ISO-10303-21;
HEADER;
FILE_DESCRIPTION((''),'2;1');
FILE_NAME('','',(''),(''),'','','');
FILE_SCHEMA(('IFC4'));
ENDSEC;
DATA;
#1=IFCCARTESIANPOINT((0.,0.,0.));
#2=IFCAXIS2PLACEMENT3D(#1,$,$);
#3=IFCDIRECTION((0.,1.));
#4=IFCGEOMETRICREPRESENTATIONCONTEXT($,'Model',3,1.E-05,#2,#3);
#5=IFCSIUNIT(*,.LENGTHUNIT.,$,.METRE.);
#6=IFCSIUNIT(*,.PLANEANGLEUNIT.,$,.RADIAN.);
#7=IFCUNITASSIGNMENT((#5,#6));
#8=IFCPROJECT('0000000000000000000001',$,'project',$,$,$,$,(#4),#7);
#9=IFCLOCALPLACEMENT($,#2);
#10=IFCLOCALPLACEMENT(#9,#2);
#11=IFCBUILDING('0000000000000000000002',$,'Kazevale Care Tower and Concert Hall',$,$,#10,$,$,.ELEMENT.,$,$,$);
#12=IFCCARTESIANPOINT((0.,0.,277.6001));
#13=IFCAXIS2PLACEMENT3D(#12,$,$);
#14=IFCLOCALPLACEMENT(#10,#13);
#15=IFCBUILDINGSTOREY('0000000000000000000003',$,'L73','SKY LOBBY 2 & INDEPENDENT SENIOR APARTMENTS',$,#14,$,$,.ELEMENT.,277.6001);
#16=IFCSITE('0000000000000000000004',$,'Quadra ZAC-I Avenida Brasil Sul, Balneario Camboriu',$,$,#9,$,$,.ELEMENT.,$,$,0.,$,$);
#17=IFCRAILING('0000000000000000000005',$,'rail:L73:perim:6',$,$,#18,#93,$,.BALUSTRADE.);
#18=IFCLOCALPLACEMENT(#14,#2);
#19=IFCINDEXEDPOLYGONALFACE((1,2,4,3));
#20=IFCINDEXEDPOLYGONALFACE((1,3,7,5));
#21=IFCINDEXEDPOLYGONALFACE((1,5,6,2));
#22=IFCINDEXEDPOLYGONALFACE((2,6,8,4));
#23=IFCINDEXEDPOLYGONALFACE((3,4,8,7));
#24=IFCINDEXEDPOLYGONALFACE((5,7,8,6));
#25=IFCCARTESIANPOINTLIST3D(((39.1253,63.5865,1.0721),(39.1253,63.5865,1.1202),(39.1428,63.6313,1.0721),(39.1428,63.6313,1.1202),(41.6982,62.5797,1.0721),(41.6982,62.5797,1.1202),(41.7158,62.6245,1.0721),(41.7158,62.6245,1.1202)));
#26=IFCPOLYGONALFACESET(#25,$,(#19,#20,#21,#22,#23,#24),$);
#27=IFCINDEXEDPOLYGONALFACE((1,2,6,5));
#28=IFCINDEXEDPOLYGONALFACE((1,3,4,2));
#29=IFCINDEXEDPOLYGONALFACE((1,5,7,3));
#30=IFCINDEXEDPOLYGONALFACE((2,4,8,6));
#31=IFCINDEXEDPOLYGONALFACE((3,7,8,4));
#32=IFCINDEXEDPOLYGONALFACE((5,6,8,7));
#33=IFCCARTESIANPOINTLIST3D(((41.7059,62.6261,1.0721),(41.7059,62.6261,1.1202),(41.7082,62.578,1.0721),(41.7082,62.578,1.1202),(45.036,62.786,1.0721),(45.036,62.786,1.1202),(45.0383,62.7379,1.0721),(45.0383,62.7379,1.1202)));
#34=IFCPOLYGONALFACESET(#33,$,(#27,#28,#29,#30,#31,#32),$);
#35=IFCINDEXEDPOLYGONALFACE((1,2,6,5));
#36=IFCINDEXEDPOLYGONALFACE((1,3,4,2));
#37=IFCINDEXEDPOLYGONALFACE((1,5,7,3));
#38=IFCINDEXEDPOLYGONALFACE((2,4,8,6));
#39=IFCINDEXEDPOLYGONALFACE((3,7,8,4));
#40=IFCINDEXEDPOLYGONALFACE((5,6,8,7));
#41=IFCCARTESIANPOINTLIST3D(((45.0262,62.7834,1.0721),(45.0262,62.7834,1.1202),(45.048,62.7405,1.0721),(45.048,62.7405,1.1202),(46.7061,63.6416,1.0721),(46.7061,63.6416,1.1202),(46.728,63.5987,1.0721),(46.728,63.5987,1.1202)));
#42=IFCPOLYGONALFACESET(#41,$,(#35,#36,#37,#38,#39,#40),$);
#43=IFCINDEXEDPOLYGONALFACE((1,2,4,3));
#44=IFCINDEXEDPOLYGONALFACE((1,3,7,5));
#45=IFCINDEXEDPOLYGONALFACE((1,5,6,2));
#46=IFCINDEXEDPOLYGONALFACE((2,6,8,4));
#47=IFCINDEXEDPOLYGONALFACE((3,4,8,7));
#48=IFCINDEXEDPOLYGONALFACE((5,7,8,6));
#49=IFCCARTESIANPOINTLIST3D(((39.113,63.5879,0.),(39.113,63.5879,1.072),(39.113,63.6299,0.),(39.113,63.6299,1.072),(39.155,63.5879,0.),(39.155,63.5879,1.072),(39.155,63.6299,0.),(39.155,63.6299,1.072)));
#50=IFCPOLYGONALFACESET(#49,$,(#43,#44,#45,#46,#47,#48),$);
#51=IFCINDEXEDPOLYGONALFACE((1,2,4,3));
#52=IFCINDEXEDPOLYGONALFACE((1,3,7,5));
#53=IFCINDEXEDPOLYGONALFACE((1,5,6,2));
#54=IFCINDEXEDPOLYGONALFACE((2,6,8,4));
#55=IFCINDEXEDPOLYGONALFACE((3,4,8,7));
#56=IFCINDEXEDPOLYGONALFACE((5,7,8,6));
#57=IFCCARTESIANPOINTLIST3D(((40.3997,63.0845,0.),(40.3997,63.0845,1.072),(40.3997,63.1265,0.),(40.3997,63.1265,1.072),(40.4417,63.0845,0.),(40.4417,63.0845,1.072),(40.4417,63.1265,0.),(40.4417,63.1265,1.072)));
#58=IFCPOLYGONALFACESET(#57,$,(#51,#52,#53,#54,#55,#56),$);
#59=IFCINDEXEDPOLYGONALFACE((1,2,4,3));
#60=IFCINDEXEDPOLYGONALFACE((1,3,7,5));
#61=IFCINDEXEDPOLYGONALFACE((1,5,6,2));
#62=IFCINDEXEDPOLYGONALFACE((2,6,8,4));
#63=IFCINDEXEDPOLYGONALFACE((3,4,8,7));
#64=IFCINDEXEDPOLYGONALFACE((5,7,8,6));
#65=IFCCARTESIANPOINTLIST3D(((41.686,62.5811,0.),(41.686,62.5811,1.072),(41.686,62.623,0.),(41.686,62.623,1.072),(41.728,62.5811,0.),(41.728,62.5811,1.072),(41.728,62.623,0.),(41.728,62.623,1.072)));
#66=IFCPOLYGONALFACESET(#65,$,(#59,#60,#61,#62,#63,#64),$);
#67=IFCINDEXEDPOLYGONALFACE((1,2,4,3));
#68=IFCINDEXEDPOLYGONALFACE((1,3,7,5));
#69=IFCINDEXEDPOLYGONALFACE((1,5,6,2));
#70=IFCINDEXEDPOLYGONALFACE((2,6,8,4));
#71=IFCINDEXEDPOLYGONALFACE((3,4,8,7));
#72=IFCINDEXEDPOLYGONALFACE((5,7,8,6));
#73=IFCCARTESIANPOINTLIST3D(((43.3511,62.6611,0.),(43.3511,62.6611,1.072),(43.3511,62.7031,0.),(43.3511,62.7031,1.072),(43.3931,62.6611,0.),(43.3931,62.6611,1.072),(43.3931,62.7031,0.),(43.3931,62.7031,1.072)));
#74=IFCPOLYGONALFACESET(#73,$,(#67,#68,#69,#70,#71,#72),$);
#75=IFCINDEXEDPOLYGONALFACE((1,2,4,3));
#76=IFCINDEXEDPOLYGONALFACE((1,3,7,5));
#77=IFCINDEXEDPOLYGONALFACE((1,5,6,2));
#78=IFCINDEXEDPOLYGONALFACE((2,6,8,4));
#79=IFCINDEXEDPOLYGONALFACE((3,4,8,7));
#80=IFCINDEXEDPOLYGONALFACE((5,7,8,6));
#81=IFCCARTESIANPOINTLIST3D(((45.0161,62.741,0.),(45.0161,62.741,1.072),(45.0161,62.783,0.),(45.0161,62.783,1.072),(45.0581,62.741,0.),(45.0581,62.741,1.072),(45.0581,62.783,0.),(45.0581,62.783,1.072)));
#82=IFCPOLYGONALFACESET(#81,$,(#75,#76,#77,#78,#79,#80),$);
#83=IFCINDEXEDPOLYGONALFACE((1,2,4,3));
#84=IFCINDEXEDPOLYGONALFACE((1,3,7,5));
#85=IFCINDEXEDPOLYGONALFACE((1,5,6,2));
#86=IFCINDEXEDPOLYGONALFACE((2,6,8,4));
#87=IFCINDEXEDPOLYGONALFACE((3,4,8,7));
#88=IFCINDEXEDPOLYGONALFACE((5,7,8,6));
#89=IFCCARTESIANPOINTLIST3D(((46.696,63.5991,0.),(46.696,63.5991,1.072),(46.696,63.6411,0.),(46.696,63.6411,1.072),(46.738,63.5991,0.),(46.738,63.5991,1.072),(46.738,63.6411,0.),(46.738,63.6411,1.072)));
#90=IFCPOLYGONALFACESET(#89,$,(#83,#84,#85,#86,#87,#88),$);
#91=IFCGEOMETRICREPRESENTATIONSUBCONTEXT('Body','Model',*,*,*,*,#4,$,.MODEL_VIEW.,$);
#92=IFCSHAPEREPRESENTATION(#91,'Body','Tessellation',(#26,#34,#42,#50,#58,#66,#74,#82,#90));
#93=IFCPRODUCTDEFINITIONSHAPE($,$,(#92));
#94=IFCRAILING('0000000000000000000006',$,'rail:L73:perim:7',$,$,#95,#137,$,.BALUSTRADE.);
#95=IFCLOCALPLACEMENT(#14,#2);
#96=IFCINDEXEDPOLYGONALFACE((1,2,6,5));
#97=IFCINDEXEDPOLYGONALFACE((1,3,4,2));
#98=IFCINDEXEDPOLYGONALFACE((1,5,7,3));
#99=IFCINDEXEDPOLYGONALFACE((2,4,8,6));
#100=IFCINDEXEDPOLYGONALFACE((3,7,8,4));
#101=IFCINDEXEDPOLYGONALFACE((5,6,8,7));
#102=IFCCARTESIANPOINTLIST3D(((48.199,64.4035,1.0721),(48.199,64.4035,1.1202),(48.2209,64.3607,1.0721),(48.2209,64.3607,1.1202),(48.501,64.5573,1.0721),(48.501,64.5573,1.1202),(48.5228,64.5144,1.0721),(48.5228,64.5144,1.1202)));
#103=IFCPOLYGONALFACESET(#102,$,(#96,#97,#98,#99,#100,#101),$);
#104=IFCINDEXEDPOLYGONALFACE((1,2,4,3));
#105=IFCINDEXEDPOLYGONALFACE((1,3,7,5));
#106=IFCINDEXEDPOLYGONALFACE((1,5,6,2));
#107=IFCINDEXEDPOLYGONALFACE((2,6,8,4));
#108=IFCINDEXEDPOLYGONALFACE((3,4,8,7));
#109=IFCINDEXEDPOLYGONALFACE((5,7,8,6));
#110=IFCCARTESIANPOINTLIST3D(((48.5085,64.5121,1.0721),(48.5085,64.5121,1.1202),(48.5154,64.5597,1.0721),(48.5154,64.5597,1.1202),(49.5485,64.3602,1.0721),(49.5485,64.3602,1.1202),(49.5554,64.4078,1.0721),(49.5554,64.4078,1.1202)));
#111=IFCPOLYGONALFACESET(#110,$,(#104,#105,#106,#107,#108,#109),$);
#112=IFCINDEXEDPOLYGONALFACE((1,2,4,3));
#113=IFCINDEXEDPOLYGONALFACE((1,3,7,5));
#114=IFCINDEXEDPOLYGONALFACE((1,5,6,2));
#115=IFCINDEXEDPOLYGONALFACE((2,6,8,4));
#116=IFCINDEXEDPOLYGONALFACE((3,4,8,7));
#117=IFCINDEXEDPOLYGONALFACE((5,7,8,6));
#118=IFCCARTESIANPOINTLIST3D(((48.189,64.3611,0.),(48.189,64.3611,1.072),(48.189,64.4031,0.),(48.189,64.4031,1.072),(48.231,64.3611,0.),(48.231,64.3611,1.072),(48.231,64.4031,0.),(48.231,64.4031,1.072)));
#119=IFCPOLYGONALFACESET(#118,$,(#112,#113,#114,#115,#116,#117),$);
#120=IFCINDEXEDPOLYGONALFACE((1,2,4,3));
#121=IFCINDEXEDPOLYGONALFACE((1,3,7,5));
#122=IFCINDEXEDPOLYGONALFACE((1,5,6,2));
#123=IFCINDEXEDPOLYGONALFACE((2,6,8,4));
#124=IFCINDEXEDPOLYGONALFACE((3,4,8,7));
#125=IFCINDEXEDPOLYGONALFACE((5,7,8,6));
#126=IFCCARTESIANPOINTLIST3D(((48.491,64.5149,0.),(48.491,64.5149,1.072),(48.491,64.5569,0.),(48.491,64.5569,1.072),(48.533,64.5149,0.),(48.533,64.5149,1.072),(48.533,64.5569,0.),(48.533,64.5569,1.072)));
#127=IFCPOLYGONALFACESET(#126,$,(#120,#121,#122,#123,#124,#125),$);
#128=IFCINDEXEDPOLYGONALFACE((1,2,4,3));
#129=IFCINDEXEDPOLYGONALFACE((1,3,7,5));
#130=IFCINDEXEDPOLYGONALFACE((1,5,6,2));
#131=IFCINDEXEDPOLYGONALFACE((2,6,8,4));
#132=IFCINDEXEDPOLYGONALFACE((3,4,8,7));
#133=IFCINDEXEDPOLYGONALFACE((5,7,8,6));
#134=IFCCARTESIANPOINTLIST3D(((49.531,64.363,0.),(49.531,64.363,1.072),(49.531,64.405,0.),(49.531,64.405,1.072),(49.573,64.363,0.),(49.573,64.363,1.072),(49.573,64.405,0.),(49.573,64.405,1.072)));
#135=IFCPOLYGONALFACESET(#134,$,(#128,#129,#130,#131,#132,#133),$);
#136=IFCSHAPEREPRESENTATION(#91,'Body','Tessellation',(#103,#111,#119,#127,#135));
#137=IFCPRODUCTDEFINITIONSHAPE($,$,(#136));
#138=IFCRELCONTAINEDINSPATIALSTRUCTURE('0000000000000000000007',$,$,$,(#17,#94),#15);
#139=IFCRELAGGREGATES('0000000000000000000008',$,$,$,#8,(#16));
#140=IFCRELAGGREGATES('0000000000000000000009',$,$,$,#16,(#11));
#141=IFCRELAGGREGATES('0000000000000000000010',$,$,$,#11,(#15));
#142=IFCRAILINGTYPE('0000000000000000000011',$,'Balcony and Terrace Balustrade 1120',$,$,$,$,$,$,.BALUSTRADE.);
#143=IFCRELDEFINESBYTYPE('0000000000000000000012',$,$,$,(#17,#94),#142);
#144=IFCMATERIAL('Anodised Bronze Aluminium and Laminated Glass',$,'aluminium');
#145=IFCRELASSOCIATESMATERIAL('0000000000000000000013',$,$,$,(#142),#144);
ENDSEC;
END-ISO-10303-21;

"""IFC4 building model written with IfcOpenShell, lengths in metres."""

from ifc_helpers import new_model, si_unit, direction, frame, origin, origin_2d, place, context, subcontext, project, spatial, rectangle, extrude, material, type_object, element, save


model = new_model("IFC4")

# Units and contexts
model_context = context("Model", 3, precision=1e-05, world=origin(), true_north=direction((0.0, 1.0)))
body_context = subcontext(model_context, "Body", "Model", "MODEL_VIEW")
ifc_project = project(units=[si_unit("LENGTHUNIT", "METRE"), si_unit("PLANEANGLEUNIT", "RADIAN")], contexts=[model_context])

# Site, building, storey
site_placement = place(None, origin())
site = spatial("IfcSite", under=ifc_project, at=site_placement, Name="Quadra ZAC-I Avenida Brasil Sul, Balneario Camboriu", CompositionType="ELEMENT", RefElevation=0.0)
building_placement = place(site_placement, origin())
building = spatial("IfcBuilding", under=site, at=building_placement, Name="Kazevale Care Tower and Concert Hall", CompositionType="ELEMENT")
storey_placement = place(building_placement, frame((0.0, 0.0, 277.6001)))
storey = spatial("IfcBuildingStorey", under=building, at=storey_placement, Name="L73", Description="SKY LOBBY 2 & INDEPENDENT SENIOR APARTMENTS", CompositionType="ELEMENT", Elevation=277.6001)

# Railings
ifc_material_1 = material(Name="Anodised Bronze Aluminium and Laminated Glass", Category="aluminium")
railing_type = type_object("IfcRailingType", Name="Balcony and Terrace Balustrade 1120", PredefinedType="BALUSTRADE", material=ifc_material_1)
railing_1_placement = place(storey_placement, frame((39.134, 63.6089, 0.0)))
element("IfcRailing", 1, at=railing_1_placement, inside=storey, type_object=railing_type, Name="rail:L73:perim:6", PredefinedType="BALUSTRADE", context=body_context, shape_type="SweptSolid", body=[
    extrude(rectangle(XDim=0.0481, YDim=0.0481, at=origin_2d()), frame((0.0, 0.0, 1.0962), z_axis=(0.931241, -0.364403, 0.0), x_axis=(0.364403, 0.931241, 0.0)), (0.0, 0.0, 1.0), 2.7629),
    extrude(rectangle(XDim=0.0481, YDim=0.0481, at=origin_2d()), frame((2.573, -1.0068, 1.0962), z_axis=(0.998849, 0.047965, 0.0), x_axis=(-0.047965, 0.998849, 0.0)), (0.0, 0.0, 1.0), 3.334),
    extrude(rectangle(XDim=0.0481, YDim=0.0481, at=origin_2d()), frame((5.9031, -0.8469, 1.0962), z_axis=(0.890537, 0.45491, 0.0), x_axis=(-0.45491, 0.890537, 0.0)), (0.0, 0.0, 1.0), 1.8865),
    extrude(rectangle(XDim=0.042, YDim=0.042, at=origin_2d()), origin(), (0.0, 0.0, 1.0), 1.072),
    extrude(rectangle(XDim=0.042, YDim=0.042, at=origin_2d()), frame((1.2866, -0.5034, 0.0)), (0.0, 0.0, 1.0), 1.072),
    extrude(rectangle(XDim=0.042, YDim=0.042, at=origin_2d()), frame((2.573, -1.0068, 0.0)), (0.0, 0.0, 1.0), 1.072),
    extrude(rectangle(XDim=0.042, YDim=0.042, at=origin_2d()), frame((4.238, -0.9268, 0.0)), (0.0, 0.0, 1.0), 1.072),
    extrude(rectangle(XDim=0.042, YDim=0.042, at=origin_2d()), frame((5.9031, -0.8469, 0.0)), (0.0, 0.0, 1.0), 1.072),
    extrude(rectangle(XDim=0.042, YDim=0.042, at=origin_2d()), frame((7.583, 0.0112, 0.0)), (0.0, 0.0, 1.0), 1.072),
])
railing_2_placement = place(storey_placement, frame((48.21, 64.3821, 0.0)))
element("IfcRailing", 2, at=railing_2_placement, inside=storey, type_object=railing_type, Name="rail:L73:perim:7", PredefinedType="BALUSTRADE", context=body_context, shape_type="SweptSolid", body=[
    extrude(rectangle(XDim=0.0481, YDim=0.0481, at=origin_2d()), frame((0.0, 0.0, 1.0962), z_axis=(0.891089, 0.453829, 0.0), x_axis=(-0.453829, 0.891089, 0.0)), (0.0, 0.0, 1.0), 0.3389),
    extrude(rectangle(XDim=0.0481, YDim=0.0481, at=origin_2d()), frame((0.302, 0.1538, 1.0962), z_axis=(0.989508, -0.144477, 0.0), x_axis=(0.144477, 0.989508, 0.0)), (0.0, 0.0, 1.0), 1.051),
    extrude(rectangle(XDim=0.042, YDim=0.042, at=origin_2d()), origin(), (0.0, 0.0, 1.0), 1.072),
    extrude(rectangle(XDim=0.042, YDim=0.042, at=origin_2d()), frame((0.302, 0.1538, 0.0)), (0.0, 0.0, 1.0), 1.072),
    extrude(rectangle(XDim=0.042, YDim=0.042, at=origin_2d()), frame((1.342, 0.002, 0.0)), (0.0, 0.0, 1.0), 1.072),
])

save(model, "model.ifc")
